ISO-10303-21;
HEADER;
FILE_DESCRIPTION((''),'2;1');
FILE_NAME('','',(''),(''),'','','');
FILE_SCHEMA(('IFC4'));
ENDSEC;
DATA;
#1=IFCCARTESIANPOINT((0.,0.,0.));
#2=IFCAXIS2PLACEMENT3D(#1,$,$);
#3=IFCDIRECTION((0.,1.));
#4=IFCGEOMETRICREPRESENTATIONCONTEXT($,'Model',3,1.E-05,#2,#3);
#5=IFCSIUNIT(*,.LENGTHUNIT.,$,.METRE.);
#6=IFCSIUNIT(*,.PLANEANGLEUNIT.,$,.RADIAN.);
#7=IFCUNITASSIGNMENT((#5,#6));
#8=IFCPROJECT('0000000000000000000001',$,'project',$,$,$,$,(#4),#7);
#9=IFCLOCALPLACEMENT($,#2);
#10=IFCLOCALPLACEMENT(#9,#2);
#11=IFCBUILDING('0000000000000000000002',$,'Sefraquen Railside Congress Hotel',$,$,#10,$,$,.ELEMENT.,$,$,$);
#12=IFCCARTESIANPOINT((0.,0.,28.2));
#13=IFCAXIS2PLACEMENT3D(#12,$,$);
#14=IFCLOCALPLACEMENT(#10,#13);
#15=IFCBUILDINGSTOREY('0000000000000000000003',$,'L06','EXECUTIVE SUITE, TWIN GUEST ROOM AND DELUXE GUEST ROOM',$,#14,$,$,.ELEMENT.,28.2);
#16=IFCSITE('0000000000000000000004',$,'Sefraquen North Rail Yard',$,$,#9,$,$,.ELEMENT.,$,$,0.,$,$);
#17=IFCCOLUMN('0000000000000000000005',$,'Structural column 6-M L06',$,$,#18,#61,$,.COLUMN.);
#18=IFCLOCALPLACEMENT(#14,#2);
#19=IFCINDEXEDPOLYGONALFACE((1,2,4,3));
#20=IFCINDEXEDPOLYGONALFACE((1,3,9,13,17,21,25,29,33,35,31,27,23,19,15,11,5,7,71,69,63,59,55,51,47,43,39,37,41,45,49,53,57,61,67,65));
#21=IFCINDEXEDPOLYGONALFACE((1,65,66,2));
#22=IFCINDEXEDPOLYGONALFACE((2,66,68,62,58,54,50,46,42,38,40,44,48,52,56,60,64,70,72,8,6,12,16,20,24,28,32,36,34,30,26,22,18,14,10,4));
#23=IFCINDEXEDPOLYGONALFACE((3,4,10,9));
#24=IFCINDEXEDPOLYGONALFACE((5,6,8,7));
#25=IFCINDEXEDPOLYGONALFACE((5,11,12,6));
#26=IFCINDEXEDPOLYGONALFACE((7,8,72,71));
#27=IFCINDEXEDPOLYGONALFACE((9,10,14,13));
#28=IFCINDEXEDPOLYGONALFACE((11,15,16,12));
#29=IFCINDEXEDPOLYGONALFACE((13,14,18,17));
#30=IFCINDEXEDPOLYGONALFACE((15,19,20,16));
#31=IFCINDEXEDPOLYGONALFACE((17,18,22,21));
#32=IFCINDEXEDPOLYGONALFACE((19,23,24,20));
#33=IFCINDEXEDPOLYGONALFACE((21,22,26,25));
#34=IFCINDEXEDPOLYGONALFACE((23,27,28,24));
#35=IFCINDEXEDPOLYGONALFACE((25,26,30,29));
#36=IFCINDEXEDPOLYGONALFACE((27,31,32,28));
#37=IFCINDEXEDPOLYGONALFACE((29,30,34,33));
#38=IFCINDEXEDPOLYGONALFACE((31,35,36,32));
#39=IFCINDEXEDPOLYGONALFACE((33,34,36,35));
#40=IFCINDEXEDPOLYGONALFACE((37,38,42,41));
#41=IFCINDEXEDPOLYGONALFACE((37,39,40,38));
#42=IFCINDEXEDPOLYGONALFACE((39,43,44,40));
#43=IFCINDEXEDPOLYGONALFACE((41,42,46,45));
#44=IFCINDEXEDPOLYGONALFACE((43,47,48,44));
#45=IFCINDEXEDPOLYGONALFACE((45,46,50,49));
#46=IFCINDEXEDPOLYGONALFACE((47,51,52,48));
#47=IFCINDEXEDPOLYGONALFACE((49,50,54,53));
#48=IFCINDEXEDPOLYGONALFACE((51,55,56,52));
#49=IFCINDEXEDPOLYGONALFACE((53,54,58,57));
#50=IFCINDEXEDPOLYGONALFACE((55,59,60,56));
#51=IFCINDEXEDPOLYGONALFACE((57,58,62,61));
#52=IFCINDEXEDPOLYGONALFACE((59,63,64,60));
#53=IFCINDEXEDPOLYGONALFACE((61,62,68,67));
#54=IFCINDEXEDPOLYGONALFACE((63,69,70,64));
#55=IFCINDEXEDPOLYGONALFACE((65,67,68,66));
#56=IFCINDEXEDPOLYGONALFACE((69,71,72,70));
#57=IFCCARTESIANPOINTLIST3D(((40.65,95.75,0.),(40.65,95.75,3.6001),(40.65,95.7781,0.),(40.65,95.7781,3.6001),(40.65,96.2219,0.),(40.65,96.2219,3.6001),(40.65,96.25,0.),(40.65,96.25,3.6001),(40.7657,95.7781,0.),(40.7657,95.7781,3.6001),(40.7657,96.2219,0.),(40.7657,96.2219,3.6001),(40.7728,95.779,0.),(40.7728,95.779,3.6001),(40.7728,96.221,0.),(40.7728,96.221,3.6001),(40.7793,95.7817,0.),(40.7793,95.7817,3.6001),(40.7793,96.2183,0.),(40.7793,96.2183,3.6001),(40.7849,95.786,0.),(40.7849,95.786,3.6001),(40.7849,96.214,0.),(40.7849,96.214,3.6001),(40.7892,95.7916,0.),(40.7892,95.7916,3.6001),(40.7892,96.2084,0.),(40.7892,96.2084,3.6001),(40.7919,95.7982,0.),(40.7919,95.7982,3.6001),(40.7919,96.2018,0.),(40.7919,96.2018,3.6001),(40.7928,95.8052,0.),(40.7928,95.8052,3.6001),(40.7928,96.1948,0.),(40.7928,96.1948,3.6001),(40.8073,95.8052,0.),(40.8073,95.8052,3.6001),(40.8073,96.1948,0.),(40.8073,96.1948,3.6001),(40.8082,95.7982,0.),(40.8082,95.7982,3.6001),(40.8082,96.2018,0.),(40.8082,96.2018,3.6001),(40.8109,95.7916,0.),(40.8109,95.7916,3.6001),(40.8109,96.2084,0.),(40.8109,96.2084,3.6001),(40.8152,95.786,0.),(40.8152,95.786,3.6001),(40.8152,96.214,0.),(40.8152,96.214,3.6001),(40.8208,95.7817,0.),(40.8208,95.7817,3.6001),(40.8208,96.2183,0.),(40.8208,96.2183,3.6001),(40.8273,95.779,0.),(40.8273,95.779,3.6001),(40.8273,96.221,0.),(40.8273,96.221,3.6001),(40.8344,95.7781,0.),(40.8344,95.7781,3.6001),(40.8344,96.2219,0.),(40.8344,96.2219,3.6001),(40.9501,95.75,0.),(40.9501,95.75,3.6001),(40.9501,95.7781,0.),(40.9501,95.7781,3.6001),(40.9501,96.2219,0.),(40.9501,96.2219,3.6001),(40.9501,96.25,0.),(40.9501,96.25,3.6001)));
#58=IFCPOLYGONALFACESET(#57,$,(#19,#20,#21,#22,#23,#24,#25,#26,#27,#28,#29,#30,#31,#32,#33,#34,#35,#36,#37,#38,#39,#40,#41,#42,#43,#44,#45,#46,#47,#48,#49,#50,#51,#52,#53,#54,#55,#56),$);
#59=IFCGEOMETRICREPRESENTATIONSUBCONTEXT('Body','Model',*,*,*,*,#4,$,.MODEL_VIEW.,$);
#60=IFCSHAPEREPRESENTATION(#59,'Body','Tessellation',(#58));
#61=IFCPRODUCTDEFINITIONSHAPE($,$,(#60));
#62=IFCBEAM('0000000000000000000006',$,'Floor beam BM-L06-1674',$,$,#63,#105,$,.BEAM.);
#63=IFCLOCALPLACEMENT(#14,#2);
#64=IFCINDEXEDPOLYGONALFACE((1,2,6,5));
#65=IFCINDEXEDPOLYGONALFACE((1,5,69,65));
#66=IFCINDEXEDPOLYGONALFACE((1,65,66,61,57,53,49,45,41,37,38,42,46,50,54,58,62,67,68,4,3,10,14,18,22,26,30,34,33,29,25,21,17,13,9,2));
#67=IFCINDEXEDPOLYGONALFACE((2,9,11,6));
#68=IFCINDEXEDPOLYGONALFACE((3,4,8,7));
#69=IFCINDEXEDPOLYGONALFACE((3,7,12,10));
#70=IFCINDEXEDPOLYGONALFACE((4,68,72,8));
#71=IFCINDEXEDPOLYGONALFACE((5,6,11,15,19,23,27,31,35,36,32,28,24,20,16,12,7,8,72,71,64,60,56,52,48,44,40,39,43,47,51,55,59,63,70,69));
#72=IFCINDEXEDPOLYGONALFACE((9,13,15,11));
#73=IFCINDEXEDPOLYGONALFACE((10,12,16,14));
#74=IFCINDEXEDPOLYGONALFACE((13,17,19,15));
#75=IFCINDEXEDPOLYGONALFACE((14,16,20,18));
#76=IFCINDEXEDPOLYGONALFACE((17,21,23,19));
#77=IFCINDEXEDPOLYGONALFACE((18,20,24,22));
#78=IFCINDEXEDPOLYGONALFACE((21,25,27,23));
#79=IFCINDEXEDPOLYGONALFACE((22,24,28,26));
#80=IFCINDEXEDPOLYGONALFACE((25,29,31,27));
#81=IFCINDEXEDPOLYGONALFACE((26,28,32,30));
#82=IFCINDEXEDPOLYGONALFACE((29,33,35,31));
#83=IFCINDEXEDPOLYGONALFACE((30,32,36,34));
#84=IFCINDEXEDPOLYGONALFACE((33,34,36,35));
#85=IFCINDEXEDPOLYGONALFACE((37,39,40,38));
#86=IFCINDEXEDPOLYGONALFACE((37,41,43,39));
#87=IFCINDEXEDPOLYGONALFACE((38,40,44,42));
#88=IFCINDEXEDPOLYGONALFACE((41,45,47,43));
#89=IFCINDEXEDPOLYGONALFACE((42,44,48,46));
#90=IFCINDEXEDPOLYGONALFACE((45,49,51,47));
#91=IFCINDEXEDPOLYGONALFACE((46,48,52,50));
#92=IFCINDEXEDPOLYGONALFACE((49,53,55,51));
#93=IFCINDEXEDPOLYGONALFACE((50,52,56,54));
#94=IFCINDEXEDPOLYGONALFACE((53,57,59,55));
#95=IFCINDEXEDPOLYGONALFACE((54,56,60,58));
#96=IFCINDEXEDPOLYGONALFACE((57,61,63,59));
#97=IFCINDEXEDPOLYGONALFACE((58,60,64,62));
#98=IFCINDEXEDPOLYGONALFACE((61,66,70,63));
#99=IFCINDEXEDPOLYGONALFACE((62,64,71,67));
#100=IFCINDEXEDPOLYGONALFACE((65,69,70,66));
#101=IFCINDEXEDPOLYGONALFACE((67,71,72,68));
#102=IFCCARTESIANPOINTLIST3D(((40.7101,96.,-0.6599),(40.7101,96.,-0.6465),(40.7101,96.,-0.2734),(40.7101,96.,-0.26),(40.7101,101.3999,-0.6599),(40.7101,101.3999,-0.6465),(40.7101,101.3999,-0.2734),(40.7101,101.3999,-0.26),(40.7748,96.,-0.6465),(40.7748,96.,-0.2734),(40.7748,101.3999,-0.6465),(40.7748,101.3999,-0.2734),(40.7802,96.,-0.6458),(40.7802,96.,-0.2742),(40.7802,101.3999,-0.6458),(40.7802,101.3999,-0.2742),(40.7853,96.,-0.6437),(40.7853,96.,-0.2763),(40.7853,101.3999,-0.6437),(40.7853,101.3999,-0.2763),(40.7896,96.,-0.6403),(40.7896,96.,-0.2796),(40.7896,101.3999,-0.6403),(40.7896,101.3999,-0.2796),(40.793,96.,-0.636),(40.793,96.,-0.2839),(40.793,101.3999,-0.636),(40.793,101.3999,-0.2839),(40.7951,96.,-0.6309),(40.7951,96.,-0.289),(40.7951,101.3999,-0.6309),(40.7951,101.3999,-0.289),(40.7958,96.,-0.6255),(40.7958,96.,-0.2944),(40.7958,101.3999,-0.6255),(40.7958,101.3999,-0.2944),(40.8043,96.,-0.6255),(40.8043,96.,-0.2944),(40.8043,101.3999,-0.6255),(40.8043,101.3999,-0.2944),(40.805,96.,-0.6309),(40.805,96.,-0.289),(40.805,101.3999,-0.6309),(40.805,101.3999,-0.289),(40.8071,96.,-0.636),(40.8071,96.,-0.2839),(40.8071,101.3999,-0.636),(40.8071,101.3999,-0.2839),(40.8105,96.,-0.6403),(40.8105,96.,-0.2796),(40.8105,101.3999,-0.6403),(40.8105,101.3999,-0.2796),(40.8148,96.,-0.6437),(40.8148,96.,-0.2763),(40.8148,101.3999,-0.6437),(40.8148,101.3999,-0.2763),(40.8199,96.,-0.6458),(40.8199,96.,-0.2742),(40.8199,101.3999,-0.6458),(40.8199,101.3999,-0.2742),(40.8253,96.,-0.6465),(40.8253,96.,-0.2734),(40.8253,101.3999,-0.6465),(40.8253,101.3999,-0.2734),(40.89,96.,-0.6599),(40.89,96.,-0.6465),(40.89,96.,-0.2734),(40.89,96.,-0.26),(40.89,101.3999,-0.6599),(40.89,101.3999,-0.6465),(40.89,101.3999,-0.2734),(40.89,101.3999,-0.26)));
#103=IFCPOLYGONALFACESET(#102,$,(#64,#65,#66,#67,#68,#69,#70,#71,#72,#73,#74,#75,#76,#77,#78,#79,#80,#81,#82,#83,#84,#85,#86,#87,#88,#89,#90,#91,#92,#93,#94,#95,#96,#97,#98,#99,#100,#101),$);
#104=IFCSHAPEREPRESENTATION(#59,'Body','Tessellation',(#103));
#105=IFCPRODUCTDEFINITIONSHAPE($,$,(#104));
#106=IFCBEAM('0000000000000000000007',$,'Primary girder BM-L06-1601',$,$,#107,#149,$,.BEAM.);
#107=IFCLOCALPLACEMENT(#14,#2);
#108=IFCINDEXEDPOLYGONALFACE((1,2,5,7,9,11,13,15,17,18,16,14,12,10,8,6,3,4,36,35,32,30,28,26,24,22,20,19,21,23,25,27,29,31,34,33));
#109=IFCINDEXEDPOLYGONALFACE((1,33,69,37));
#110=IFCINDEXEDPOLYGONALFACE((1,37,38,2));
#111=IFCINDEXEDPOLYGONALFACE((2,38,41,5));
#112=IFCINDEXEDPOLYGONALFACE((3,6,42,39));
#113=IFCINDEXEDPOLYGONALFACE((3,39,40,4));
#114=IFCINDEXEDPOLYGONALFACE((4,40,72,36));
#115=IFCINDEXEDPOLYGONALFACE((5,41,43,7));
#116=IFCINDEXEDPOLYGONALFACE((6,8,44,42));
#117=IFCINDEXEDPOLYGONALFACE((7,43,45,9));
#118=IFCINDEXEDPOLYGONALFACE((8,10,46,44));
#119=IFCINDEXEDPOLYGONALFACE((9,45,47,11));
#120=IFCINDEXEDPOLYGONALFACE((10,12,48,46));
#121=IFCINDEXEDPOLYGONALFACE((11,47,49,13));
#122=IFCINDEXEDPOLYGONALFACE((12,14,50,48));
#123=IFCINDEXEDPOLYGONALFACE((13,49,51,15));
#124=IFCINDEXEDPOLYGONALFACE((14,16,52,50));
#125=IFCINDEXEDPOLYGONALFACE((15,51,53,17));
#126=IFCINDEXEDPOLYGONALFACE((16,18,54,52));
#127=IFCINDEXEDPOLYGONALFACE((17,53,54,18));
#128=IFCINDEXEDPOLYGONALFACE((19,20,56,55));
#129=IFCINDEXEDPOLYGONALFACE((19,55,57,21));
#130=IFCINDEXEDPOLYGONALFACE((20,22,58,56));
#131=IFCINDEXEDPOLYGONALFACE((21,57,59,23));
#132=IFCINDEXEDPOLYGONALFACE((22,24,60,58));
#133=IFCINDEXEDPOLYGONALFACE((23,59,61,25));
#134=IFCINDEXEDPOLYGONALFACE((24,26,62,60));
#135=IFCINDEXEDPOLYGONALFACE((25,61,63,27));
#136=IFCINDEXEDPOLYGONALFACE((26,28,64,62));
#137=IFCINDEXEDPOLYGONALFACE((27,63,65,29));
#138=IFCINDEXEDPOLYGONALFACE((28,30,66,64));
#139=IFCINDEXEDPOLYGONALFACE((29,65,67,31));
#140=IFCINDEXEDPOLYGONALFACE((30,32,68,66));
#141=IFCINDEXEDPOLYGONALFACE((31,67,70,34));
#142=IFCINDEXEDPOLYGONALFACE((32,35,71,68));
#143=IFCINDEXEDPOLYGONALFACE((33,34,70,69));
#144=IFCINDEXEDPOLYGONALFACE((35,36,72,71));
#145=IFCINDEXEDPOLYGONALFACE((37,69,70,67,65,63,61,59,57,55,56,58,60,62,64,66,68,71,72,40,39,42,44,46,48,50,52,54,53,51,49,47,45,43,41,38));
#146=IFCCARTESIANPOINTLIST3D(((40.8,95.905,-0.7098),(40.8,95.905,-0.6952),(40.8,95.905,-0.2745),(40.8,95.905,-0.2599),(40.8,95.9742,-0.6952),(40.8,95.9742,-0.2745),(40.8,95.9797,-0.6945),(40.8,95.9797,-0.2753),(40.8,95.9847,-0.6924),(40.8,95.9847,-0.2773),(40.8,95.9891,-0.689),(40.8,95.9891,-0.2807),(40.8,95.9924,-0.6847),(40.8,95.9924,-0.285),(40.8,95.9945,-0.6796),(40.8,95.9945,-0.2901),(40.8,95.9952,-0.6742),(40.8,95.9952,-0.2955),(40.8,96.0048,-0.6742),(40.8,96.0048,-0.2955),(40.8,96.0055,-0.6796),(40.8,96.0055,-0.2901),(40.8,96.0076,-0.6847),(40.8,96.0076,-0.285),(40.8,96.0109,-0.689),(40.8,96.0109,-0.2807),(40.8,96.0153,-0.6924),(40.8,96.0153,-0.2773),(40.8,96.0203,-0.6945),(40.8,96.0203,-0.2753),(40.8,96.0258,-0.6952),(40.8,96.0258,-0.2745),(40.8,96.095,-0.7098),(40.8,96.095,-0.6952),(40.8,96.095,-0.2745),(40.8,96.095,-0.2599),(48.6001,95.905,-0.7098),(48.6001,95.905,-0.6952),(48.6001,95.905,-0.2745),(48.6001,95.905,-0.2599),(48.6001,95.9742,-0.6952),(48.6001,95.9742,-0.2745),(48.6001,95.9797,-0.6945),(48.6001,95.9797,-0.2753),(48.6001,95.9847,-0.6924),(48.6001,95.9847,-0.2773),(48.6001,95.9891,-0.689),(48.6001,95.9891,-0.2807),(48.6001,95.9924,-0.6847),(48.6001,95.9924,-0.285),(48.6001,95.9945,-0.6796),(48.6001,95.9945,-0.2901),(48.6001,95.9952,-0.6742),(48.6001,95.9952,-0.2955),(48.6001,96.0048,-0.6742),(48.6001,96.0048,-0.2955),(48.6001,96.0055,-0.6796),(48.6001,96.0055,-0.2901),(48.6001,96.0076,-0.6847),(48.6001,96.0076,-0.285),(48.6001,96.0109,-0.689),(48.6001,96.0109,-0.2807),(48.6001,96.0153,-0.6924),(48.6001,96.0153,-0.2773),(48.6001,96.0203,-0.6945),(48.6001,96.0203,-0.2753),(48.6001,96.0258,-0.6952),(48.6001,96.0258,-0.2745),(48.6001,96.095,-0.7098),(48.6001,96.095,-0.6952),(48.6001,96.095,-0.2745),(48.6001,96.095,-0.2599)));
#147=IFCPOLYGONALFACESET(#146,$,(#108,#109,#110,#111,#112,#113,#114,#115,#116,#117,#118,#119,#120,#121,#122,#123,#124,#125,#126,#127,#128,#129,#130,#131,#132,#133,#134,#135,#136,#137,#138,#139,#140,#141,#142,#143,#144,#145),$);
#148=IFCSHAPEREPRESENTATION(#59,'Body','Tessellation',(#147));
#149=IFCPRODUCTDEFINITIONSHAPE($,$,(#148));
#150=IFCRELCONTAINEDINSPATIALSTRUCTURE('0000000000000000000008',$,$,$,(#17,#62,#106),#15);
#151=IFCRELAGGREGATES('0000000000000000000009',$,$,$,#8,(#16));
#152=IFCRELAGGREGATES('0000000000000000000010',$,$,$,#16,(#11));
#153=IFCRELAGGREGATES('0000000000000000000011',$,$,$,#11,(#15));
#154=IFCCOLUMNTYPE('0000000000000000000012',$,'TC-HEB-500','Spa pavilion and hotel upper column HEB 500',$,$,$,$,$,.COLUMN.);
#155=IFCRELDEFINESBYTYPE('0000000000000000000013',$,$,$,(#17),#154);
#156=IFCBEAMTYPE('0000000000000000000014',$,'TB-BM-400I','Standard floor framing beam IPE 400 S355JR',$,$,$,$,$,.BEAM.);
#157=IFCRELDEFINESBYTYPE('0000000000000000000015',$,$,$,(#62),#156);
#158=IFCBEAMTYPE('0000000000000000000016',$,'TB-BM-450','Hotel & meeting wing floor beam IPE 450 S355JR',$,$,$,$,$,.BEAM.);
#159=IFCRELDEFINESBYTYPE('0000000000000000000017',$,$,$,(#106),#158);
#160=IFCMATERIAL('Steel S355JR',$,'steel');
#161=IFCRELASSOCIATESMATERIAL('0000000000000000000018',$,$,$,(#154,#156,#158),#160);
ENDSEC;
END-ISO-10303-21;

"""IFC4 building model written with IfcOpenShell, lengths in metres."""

from ifc_helpers import new_model, si_unit, direction, frame, origin, origin_2d, place, context, subcontext, project, spatial, i_section, extrude, material, material_profile, profile_set, type_object, element, save


model = new_model("IFC4")

# Units and contexts
model_context = context("Model", 3, precision=1e-05, world=origin(), true_north=direction((0.0, 1.0)))
body_context = subcontext(model_context, "Body", "Model", "MODEL_VIEW")
ifc_project = project(units=[si_unit("LENGTHUNIT", "METRE"), si_unit("PLANEANGLEUNIT", "RADIAN")], contexts=[model_context])

# Site, building, storey
site_placement = place(None, origin())
site = spatial("IfcSite", under=ifc_project, at=site_placement, Name="Sefraquen North Rail Yard", CompositionType="ELEMENT", RefElevation=0.0)
building_placement = place(site_placement, origin())
building = spatial("IfcBuilding", under=site, at=building_placement, Name="Sefraquen Railside Congress Hotel", CompositionType="ELEMENT")
storey_placement = place(building_placement, frame((0.0, 0.0, 28.2)))
storey = spatial("IfcBuildingStorey", under=building, at=storey_placement, Name="L06", Description="EXECUTIVE SUITE, TWIN GUEST ROOM AND DELUXE GUEST ROOM", CompositionType="ELEMENT", Elevation=28.2)

# Column
ifc_material_1 = material(Name="Steel S355JR", Category="steel")
ifc_material_profile_1 = material_profile(ifc_material_1, i_section(OverallWidth=0.3, OverallDepth=0.5, WebThickness=0.0144, FlangeThickness=0.0281, FilletRadius=0.0271, at=origin_2d()), Name="HEB 500")
ifc_profile_set_1 = profile_set([ifc_material_profile_1], Name="Steel S355JR")
column_type = type_object("IfcColumnType", Name="TC-HEB-500", Description="Spa pavilion and hotel upper column HEB 500", PredefinedType="COLUMN", material=ifc_profile_set_1)
column_placement = place(storey_placement, frame((40.8, 96.0, 0.0), z_axis=(0.0, 0.0, 1.0), x_axis=(1.0, 0.0, 0.0)))
element("IfcColumn", 1, at=column_placement, inside=storey, type_object=column_type, Name="Structural column 6-M L06", PredefinedType="COLUMN", context=body_context, shape_type="SweptSolid", body=[
    extrude(i_section(OverallWidth=0.3, OverallDepth=0.5, WebThickness=0.0144, FlangeThickness=0.0281, FilletRadius=0.0271, at=origin_2d()), origin(), (0.0, 0.0, 1.0), 3.6001),
])

# Beams
ifc_material_profile_2 = material_profile(ifc_material_1, i_section(OverallWidth=0.1799, OverallDepth=0.3999, WebThickness=0.0085, FlangeThickness=0.0134, FilletRadius=0.021, at=origin_2d()), Name="IPE 400")
ifc_profile_set_2 = profile_set([ifc_material_profile_2], Name="Steel S355JR")
beam_type_1 = type_object("IfcBeamType", Name="TB-BM-400I", Description="Standard floor framing beam IPE 400 S355JR", PredefinedType="BEAM", material=ifc_profile_set_2)
beam_1_placement = place(storey_placement, frame((40.8, 96.0, -0.46), z_axis=(0.0, 1.0, 0.0), x_axis=(-1.0, 0.0, 0.0)))
element("IfcBeam", 2, at=beam_1_placement, inside=storey, type_object=beam_type_1, Name="Floor beam BM-L06-1674", PredefinedType="BEAM", context=body_context, shape_type="SweptSolid", body=[
    extrude(i_section(OverallWidth=0.1799, OverallDepth=0.3999, WebThickness=0.0085, FlangeThickness=0.0134, FilletRadius=0.021, at=origin_2d()), origin(), (0.0, 0.0, 1.0), 5.3999),
])
ifc_material_profile_3 = material_profile(ifc_material_1, i_section(OverallWidth=0.1899, OverallDepth=0.45, WebThickness=0.0095, FlangeThickness=0.0146, FilletRadius=0.021, at=origin_2d()), Name="IPE 450")
ifc_profile_set_3 = profile_set([ifc_material_profile_3], Name="Steel S355JR")
beam_type_2 = type_object("IfcBeamType", Name="TB-BM-450", Description="Hotel & meeting wing floor beam IPE 450 S355JR", PredefinedType="BEAM", material=ifc_profile_set_3)
beam_2_placement = place(storey_placement, frame((40.8, 96.0, -0.4849), z_axis=(1.0, 0.0, 0.0), x_axis=(0.0, 1.0, 0.0)))
element("IfcBeam", 3, at=beam_2_placement, inside=storey, type_object=beam_type_2, Name="Primary girder BM-L06-1601", PredefinedType="BEAM", context=body_context, shape_type="SweptSolid", body=[
    extrude(i_section(OverallWidth=0.1899, OverallDepth=0.45, WebThickness=0.0095, FlangeThickness=0.0146, FilletRadius=0.021, at=origin_2d()), origin(), (0.0, 0.0, 1.0), 7.8),
])

save(model, "model.ifc")
